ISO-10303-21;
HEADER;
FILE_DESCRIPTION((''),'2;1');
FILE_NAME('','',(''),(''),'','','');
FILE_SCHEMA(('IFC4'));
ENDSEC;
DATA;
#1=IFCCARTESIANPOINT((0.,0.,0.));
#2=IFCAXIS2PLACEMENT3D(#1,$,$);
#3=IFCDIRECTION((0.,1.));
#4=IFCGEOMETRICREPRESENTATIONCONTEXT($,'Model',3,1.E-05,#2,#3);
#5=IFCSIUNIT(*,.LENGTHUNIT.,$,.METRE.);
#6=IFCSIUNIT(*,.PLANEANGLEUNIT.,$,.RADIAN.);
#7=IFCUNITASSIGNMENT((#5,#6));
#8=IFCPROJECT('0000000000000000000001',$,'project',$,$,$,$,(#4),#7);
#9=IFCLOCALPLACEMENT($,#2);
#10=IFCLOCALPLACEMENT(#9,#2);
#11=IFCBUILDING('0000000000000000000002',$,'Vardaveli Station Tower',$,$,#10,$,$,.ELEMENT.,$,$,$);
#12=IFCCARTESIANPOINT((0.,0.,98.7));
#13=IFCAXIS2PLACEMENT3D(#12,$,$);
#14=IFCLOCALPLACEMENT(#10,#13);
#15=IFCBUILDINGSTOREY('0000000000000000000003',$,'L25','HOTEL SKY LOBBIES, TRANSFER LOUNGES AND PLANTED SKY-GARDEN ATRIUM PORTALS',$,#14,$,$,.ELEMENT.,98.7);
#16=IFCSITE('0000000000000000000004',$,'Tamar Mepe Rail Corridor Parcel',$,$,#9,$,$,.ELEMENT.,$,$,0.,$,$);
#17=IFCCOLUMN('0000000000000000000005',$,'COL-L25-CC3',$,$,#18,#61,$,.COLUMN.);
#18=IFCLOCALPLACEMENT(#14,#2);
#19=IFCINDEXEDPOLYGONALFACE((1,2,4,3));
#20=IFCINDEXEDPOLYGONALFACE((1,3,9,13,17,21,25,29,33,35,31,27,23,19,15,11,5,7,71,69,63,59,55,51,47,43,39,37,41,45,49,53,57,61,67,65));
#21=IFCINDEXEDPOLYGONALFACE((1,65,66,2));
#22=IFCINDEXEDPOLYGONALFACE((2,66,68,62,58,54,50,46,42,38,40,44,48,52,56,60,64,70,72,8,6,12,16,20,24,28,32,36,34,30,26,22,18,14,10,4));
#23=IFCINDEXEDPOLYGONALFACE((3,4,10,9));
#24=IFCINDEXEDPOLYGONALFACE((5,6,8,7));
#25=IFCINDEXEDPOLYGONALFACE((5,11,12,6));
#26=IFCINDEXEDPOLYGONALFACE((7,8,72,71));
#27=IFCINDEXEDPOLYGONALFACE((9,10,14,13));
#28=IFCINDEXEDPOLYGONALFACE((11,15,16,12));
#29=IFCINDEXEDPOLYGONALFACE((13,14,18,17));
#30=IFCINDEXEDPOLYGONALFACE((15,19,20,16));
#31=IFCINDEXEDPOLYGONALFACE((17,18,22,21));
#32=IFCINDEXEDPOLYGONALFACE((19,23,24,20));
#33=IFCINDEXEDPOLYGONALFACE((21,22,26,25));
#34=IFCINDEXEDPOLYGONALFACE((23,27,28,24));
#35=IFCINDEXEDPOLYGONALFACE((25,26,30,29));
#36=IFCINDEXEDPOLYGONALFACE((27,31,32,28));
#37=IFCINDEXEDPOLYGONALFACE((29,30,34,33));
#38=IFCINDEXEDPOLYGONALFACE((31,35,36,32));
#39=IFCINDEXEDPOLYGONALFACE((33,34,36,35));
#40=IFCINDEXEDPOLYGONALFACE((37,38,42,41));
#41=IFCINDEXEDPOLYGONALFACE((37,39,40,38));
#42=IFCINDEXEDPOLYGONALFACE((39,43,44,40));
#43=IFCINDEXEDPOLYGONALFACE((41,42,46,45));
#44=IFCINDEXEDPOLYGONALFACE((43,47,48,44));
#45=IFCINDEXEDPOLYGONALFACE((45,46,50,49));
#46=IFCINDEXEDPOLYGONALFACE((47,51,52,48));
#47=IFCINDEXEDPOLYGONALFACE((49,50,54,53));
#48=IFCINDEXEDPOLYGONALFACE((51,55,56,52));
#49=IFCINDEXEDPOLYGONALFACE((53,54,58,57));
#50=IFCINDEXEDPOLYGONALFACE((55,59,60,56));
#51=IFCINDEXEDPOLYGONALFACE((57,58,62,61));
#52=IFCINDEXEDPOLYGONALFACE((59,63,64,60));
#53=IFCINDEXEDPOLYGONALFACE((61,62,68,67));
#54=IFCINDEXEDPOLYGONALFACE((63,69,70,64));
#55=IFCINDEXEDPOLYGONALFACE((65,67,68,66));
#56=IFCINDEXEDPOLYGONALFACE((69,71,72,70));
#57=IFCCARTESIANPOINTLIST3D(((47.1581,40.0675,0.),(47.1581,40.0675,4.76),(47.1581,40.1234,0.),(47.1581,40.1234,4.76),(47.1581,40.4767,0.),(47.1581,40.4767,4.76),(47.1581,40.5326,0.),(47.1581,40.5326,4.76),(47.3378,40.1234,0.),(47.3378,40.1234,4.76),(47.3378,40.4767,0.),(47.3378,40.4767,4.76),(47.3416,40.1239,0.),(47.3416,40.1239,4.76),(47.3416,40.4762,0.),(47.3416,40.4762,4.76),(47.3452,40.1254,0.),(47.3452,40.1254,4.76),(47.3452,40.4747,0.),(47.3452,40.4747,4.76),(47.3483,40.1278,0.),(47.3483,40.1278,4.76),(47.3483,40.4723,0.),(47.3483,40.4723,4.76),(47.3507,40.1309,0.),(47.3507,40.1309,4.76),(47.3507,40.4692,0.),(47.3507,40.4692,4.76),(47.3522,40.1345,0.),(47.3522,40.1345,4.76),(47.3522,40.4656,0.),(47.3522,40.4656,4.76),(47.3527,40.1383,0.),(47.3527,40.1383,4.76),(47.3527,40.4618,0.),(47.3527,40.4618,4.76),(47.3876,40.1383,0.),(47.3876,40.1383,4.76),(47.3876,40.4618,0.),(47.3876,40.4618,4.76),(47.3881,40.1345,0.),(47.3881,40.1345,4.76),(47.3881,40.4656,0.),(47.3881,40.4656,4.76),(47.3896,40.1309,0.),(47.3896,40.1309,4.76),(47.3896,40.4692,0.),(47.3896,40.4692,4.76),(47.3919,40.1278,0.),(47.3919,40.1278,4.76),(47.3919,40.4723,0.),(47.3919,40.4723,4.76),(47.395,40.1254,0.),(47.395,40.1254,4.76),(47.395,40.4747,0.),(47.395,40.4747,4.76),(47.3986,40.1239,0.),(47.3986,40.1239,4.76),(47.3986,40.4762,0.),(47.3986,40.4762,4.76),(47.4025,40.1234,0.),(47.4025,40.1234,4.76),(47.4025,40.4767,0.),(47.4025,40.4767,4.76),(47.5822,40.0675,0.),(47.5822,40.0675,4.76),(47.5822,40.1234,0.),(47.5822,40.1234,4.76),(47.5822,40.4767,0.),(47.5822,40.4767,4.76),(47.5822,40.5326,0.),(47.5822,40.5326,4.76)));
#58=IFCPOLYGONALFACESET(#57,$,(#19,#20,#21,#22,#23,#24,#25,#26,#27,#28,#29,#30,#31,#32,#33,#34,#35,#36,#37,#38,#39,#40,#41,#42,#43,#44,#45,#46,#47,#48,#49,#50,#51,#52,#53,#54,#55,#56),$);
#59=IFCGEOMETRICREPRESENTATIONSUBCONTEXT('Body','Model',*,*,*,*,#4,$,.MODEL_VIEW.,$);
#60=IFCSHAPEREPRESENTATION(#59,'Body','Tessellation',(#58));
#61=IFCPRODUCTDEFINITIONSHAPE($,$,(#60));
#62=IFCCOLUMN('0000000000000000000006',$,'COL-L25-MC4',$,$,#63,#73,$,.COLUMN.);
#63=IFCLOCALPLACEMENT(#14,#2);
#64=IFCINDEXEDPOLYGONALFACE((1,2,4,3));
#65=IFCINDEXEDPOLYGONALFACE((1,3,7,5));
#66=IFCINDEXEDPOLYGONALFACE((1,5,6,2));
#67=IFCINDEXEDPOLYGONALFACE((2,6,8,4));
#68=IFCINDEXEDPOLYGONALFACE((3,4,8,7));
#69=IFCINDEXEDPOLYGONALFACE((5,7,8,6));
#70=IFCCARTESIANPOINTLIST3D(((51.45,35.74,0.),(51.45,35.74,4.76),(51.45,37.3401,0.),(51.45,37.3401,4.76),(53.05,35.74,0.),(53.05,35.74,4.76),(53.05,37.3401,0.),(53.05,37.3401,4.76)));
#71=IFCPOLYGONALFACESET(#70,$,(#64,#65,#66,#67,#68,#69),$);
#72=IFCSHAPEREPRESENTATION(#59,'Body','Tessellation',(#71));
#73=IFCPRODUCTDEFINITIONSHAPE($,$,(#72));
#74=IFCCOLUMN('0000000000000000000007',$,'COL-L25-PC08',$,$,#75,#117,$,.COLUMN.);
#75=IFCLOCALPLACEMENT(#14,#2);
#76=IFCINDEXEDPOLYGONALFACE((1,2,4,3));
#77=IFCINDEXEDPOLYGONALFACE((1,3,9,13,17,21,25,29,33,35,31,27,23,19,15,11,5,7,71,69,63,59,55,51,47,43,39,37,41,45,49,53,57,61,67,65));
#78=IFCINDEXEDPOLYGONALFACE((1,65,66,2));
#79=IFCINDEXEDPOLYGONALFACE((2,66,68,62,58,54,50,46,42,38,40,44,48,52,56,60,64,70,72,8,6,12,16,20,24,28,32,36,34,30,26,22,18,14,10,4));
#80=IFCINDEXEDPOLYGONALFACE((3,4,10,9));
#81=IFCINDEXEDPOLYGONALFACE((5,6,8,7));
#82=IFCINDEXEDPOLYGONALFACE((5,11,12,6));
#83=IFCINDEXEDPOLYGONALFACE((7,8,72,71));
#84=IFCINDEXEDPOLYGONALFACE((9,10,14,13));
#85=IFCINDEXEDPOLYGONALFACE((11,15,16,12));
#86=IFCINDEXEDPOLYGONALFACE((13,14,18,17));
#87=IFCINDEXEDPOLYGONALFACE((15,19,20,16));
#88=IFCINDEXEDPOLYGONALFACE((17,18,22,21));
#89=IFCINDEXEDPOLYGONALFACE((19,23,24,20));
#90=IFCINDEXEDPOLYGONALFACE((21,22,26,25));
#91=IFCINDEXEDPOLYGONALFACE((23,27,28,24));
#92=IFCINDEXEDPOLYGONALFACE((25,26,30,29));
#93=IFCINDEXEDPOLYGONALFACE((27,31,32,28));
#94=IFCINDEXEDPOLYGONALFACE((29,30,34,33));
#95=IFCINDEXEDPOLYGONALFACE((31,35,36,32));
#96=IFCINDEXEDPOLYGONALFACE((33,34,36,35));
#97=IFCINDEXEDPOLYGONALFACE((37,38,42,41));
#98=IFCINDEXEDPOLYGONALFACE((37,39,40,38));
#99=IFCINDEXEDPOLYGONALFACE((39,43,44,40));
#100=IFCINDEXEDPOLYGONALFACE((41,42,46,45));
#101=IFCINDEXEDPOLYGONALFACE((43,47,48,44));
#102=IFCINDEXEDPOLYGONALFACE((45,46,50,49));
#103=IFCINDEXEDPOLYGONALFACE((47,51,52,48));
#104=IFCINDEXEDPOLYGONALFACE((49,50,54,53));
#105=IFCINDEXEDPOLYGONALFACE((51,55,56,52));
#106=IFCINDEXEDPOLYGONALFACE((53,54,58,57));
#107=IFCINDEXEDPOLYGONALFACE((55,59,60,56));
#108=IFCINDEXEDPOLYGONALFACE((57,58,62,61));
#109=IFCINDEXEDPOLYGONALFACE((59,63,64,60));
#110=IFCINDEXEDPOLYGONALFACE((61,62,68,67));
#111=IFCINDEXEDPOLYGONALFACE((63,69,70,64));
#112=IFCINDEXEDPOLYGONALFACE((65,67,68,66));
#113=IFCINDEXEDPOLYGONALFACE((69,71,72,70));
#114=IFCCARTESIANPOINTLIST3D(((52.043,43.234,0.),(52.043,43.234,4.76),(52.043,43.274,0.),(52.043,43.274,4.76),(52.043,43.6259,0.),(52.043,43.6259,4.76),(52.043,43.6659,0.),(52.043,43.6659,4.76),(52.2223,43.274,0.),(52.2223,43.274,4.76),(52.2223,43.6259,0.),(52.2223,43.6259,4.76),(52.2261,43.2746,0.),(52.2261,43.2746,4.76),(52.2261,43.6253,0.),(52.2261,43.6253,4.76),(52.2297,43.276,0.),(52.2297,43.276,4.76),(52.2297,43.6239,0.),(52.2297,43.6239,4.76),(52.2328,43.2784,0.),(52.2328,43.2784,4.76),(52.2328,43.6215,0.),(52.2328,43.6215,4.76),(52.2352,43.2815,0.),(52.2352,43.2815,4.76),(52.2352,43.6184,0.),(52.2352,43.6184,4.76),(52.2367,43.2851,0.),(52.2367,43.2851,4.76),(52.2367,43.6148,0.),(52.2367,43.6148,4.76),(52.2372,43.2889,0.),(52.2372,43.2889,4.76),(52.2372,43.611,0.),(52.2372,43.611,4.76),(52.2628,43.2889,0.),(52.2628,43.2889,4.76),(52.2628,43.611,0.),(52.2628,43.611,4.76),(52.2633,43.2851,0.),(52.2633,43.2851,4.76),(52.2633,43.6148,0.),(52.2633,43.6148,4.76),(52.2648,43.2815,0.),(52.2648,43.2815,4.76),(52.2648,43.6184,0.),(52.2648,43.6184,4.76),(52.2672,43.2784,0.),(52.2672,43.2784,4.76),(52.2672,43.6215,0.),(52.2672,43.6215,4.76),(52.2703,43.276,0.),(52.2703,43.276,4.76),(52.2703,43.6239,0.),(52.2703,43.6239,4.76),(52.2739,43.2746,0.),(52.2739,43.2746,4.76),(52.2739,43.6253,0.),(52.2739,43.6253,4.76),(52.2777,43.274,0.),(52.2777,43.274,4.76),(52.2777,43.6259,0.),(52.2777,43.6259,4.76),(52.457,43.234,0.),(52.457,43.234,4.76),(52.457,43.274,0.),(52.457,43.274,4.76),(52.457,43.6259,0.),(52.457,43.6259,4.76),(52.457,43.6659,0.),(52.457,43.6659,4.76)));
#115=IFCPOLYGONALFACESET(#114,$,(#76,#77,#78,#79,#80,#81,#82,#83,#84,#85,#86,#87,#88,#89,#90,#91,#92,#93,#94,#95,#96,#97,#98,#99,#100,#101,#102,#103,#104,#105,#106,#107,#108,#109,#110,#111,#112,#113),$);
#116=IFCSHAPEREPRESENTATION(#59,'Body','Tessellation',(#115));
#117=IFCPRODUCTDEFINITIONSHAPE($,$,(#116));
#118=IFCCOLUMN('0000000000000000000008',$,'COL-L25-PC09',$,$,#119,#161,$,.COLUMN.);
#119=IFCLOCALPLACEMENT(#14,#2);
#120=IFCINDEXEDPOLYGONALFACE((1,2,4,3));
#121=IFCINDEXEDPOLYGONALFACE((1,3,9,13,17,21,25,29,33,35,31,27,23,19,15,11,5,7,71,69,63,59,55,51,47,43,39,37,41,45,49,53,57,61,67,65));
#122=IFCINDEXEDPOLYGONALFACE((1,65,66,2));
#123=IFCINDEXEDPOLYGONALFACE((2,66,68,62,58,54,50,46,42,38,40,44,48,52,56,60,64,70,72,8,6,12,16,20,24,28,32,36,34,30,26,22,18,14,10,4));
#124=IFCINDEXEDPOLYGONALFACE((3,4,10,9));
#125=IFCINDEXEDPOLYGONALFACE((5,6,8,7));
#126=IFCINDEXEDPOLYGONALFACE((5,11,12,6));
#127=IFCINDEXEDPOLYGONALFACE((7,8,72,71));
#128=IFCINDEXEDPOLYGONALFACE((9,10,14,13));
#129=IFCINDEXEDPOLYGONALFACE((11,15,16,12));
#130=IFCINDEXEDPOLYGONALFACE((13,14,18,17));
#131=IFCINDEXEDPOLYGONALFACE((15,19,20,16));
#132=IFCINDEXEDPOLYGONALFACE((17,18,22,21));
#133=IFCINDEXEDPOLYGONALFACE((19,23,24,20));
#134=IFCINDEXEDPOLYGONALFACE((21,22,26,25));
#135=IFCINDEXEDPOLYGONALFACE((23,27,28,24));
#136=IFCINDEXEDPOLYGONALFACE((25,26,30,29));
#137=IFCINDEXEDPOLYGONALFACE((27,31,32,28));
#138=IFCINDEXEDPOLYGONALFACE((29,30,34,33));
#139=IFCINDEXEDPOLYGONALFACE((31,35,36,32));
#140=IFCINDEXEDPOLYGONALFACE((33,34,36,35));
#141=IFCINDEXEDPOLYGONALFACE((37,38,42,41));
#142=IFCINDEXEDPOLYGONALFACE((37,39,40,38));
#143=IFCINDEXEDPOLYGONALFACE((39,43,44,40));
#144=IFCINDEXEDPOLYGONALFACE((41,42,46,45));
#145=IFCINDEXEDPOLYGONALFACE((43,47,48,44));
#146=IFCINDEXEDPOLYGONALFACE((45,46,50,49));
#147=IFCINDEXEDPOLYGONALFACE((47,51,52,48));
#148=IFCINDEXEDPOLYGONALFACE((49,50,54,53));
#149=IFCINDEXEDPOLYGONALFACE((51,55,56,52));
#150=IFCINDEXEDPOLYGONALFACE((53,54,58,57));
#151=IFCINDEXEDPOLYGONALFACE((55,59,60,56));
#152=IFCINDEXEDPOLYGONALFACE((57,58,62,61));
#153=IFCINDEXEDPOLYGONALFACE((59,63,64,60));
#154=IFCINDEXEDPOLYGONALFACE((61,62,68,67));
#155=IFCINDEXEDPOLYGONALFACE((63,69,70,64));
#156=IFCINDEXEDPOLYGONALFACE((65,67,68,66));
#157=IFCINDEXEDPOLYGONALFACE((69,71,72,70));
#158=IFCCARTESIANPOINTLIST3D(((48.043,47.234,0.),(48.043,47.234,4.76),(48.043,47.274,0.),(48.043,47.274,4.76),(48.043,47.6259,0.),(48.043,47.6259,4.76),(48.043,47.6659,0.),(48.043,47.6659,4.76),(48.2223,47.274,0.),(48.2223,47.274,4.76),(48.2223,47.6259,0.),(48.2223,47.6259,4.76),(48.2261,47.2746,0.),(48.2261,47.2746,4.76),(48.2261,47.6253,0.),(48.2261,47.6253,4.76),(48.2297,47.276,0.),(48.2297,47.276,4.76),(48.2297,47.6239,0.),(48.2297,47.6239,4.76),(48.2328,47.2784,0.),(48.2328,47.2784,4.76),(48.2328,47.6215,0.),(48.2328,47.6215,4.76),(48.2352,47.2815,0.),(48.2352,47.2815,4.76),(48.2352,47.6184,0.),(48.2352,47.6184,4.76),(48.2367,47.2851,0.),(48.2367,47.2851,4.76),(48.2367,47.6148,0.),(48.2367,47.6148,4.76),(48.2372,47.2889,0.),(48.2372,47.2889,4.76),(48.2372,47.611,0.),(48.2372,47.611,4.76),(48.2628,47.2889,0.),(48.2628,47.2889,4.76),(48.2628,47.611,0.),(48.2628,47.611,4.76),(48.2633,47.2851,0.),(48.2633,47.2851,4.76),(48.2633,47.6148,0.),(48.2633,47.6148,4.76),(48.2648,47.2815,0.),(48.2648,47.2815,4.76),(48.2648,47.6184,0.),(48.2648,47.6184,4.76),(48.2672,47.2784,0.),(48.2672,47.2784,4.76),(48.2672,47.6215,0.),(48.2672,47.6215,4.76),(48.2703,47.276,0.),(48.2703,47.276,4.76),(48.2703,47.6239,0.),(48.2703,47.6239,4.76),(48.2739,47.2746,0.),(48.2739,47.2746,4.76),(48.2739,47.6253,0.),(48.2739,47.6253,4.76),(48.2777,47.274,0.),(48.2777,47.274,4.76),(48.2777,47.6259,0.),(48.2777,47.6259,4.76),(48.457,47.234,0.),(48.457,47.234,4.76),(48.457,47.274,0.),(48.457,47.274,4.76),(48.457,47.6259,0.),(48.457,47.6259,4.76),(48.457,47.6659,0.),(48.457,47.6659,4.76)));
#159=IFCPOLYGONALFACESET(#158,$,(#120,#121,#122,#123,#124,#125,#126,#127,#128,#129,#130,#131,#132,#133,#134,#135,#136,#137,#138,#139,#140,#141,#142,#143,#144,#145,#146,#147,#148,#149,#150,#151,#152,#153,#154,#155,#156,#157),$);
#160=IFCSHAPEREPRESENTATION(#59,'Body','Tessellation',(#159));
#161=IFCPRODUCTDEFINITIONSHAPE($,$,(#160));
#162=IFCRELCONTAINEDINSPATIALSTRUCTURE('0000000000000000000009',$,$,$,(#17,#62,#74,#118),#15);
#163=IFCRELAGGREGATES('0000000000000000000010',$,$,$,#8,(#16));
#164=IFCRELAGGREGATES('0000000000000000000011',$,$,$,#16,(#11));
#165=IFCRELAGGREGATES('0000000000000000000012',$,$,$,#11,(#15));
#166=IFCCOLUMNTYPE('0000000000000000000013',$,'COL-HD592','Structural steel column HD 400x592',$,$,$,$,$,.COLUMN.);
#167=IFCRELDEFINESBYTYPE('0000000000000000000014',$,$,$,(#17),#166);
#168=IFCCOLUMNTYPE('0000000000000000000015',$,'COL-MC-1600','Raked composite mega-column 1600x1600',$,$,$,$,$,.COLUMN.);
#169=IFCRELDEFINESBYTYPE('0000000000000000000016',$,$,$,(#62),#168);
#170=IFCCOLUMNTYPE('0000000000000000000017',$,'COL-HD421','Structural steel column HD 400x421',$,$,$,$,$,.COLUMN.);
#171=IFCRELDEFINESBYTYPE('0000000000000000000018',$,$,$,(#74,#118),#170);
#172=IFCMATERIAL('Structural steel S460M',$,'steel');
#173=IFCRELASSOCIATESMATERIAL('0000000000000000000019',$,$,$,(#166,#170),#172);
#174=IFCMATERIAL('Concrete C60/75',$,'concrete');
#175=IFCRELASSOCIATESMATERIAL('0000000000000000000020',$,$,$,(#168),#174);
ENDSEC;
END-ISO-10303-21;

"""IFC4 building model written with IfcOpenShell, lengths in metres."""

from ifc_helpers import new_model, si_unit, direction, frame, origin, origin_2d, place, context, subcontext, project, spatial, rectangle, i_section, extrude, source, transform, mapped, material, material_profile, profile_set, type_object, element, save


model = new_model("IFC4")

# Units and contexts
model_context = context("Model", 3, precision=1e-05, world=origin(), true_north=direction((0.0, 1.0)))
body_context = subcontext(model_context, "Body", "Model", "MODEL_VIEW")
ifc_project = project(units=[si_unit("LENGTHUNIT", "METRE"), si_unit("PLANEANGLEUNIT", "RADIAN")], contexts=[model_context])

# Site, building, storey
site_placement = place(None, origin())
site = spatial("IfcSite", under=ifc_project, at=site_placement, Name="Tamar Mepe Rail Corridor Parcel", CompositionType="ELEMENT", RefElevation=0.0)
building_placement = place(site_placement, origin())
building = spatial("IfcBuilding", under=site, at=building_placement, Name="Vardaveli Station Tower", CompositionType="ELEMENT")
storey_placement = place(building_placement, frame((0.0, 0.0, 98.7)))
storey = spatial("IfcBuildingStorey", under=building, at=storey_placement, Name="L25", Description="HOTEL SKY LOBBIES, TRANSFER LOUNGES AND PLANTED SKY-GARDEN ATRIUM PORTALS", CompositionType="ELEMENT", Elevation=98.7)

# Columns
ifc_material_1 = material(Name="Structural steel S460M", Category="steel")
ifc_material_profile_1 = material_profile(ifc_material_1, i_section(OverallWidth=0.4241, OverallDepth=0.4651, WebThickness=0.0349, FlangeThickness=0.0559, FilletRadius=0.0149, at=origin_2d()), Name="HD 400x592")
ifc_profile_set_1 = profile_set([ifc_material_profile_1], Name="Structural steel S460M")
column_type_1 = type_object("IfcColumnType", Name="COL-HD592", Description="Structural steel column HD 400x592", PredefinedType="COLUMN", material=ifc_profile_set_1)
shared_shape_1 = source(origin(), body_context, "Body", "SweptSolid", [
    extrude(i_section(OverallWidth=0.4241, OverallDepth=0.4651, WebThickness=0.0349, FlangeThickness=0.0559, FilletRadius=0.0149, at=origin_2d()), origin(), (0.0, 0.0, 1.0), 4.76),
])
column_1_placement = place(storey_placement, frame((47.3701, 40.3, 0.0), z_axis=(0.0, 0.0, 1.0), x_axis=(1.0, 0.0, 0.0)))
element("IfcColumn", 1, at=column_1_placement, inside=storey, type_object=column_type_1, Name="COL-L25-CC3", PredefinedType="COLUMN", context=body_context, shape_type="MappedRepresentation", body=[
    mapped(shared_shape_1, transform((0.0, 0.0, 0.0), scale=1.0)),
])
ifc_material_2 = material(Name="Concrete C60/75", Category="concrete")
ifc_material_profile_2 = material_profile(ifc_material_2, rectangle(XDim=1.6001, YDim=1.6001, at=origin_2d()), Name="MC 1600x1600")
ifc_profile_set_2 = profile_set([ifc_material_profile_2], Name="Concrete C60/75")
column_type_2 = type_object("IfcColumnType", Name="COL-MC-1600", Description="Raked composite mega-column 1600x1600", PredefinedType="COLUMN", material=ifc_profile_set_2)
shared_shape_2 = source(origin(), body_context, "Body", "SweptSolid", [
    extrude(rectangle(XDim=1.6001, YDim=1.6001, at=origin_2d()), origin(), (0.0, 0.0, 1.0), 4.76),
])
column_2_placement = place(storey_placement, frame((52.25, 36.54, 0.0), z_axis=(0.0, 0.0, 1.0), x_axis=(1.0, 0.0, 0.0)))
element("IfcColumn", 2, at=column_2_placement, inside=storey, type_object=column_type_2, Name="COL-L25-MC4", PredefinedType="COLUMN", context=body_context, shape_type="MappedRepresentation", body=[
    mapped(shared_shape_2, transform((0.0, 0.0, 0.0), scale=1.0)),
])
ifc_material_profile_3 = material_profile(ifc_material_1, i_section(OverallWidth=0.4141, OverallDepth=0.4319, WebThickness=0.0256, FlangeThickness=0.04, FilletRadius=0.0149, at=origin_2d()), Name="HD 400x421")
ifc_profile_set_3 = profile_set([ifc_material_profile_3], Name="Structural steel S460M")
column_type_3 = type_object("IfcColumnType", Name="COL-HD421", Description="Structural steel column HD 400x421", PredefinedType="COLUMN", material=ifc_profile_set_3)
shared_shape_3 = source(origin(), body_context, "Body", "SweptSolid", [
    extrude(i_section(OverallWidth=0.4141, OverallDepth=0.4319, WebThickness=0.0256, FlangeThickness=0.04, FilletRadius=0.0149, at=origin_2d()), origin(), (0.0, 0.0, 1.0), 4.76),
])
for number, where, z_axis, x_axis, name in (
    (3, (52.25, 43.45, 0.0), (0.0, 0.0, 1.0), (1.0, 0.0, 0.0), "COL-L25-PC08"),
    (4, (48.25, 47.45, 0.0), (0.0, 0.0, 1.0), (1.0, 0.0, 0.0), "COL-L25-PC09"),
):
    element("IfcColumn", number, at=place(storey_placement, frame(where, z_axis=z_axis, x_axis=x_axis)), inside=storey, type_object=column_type_3, Name=name, PredefinedType="COLUMN", context=body_context, shape_type="MappedRepresentation", body=[
        mapped(shared_shape_3, transform((0.0, 0.0, 0.0), scale=1.0)),
    ])

save(model, "model.ifc")
